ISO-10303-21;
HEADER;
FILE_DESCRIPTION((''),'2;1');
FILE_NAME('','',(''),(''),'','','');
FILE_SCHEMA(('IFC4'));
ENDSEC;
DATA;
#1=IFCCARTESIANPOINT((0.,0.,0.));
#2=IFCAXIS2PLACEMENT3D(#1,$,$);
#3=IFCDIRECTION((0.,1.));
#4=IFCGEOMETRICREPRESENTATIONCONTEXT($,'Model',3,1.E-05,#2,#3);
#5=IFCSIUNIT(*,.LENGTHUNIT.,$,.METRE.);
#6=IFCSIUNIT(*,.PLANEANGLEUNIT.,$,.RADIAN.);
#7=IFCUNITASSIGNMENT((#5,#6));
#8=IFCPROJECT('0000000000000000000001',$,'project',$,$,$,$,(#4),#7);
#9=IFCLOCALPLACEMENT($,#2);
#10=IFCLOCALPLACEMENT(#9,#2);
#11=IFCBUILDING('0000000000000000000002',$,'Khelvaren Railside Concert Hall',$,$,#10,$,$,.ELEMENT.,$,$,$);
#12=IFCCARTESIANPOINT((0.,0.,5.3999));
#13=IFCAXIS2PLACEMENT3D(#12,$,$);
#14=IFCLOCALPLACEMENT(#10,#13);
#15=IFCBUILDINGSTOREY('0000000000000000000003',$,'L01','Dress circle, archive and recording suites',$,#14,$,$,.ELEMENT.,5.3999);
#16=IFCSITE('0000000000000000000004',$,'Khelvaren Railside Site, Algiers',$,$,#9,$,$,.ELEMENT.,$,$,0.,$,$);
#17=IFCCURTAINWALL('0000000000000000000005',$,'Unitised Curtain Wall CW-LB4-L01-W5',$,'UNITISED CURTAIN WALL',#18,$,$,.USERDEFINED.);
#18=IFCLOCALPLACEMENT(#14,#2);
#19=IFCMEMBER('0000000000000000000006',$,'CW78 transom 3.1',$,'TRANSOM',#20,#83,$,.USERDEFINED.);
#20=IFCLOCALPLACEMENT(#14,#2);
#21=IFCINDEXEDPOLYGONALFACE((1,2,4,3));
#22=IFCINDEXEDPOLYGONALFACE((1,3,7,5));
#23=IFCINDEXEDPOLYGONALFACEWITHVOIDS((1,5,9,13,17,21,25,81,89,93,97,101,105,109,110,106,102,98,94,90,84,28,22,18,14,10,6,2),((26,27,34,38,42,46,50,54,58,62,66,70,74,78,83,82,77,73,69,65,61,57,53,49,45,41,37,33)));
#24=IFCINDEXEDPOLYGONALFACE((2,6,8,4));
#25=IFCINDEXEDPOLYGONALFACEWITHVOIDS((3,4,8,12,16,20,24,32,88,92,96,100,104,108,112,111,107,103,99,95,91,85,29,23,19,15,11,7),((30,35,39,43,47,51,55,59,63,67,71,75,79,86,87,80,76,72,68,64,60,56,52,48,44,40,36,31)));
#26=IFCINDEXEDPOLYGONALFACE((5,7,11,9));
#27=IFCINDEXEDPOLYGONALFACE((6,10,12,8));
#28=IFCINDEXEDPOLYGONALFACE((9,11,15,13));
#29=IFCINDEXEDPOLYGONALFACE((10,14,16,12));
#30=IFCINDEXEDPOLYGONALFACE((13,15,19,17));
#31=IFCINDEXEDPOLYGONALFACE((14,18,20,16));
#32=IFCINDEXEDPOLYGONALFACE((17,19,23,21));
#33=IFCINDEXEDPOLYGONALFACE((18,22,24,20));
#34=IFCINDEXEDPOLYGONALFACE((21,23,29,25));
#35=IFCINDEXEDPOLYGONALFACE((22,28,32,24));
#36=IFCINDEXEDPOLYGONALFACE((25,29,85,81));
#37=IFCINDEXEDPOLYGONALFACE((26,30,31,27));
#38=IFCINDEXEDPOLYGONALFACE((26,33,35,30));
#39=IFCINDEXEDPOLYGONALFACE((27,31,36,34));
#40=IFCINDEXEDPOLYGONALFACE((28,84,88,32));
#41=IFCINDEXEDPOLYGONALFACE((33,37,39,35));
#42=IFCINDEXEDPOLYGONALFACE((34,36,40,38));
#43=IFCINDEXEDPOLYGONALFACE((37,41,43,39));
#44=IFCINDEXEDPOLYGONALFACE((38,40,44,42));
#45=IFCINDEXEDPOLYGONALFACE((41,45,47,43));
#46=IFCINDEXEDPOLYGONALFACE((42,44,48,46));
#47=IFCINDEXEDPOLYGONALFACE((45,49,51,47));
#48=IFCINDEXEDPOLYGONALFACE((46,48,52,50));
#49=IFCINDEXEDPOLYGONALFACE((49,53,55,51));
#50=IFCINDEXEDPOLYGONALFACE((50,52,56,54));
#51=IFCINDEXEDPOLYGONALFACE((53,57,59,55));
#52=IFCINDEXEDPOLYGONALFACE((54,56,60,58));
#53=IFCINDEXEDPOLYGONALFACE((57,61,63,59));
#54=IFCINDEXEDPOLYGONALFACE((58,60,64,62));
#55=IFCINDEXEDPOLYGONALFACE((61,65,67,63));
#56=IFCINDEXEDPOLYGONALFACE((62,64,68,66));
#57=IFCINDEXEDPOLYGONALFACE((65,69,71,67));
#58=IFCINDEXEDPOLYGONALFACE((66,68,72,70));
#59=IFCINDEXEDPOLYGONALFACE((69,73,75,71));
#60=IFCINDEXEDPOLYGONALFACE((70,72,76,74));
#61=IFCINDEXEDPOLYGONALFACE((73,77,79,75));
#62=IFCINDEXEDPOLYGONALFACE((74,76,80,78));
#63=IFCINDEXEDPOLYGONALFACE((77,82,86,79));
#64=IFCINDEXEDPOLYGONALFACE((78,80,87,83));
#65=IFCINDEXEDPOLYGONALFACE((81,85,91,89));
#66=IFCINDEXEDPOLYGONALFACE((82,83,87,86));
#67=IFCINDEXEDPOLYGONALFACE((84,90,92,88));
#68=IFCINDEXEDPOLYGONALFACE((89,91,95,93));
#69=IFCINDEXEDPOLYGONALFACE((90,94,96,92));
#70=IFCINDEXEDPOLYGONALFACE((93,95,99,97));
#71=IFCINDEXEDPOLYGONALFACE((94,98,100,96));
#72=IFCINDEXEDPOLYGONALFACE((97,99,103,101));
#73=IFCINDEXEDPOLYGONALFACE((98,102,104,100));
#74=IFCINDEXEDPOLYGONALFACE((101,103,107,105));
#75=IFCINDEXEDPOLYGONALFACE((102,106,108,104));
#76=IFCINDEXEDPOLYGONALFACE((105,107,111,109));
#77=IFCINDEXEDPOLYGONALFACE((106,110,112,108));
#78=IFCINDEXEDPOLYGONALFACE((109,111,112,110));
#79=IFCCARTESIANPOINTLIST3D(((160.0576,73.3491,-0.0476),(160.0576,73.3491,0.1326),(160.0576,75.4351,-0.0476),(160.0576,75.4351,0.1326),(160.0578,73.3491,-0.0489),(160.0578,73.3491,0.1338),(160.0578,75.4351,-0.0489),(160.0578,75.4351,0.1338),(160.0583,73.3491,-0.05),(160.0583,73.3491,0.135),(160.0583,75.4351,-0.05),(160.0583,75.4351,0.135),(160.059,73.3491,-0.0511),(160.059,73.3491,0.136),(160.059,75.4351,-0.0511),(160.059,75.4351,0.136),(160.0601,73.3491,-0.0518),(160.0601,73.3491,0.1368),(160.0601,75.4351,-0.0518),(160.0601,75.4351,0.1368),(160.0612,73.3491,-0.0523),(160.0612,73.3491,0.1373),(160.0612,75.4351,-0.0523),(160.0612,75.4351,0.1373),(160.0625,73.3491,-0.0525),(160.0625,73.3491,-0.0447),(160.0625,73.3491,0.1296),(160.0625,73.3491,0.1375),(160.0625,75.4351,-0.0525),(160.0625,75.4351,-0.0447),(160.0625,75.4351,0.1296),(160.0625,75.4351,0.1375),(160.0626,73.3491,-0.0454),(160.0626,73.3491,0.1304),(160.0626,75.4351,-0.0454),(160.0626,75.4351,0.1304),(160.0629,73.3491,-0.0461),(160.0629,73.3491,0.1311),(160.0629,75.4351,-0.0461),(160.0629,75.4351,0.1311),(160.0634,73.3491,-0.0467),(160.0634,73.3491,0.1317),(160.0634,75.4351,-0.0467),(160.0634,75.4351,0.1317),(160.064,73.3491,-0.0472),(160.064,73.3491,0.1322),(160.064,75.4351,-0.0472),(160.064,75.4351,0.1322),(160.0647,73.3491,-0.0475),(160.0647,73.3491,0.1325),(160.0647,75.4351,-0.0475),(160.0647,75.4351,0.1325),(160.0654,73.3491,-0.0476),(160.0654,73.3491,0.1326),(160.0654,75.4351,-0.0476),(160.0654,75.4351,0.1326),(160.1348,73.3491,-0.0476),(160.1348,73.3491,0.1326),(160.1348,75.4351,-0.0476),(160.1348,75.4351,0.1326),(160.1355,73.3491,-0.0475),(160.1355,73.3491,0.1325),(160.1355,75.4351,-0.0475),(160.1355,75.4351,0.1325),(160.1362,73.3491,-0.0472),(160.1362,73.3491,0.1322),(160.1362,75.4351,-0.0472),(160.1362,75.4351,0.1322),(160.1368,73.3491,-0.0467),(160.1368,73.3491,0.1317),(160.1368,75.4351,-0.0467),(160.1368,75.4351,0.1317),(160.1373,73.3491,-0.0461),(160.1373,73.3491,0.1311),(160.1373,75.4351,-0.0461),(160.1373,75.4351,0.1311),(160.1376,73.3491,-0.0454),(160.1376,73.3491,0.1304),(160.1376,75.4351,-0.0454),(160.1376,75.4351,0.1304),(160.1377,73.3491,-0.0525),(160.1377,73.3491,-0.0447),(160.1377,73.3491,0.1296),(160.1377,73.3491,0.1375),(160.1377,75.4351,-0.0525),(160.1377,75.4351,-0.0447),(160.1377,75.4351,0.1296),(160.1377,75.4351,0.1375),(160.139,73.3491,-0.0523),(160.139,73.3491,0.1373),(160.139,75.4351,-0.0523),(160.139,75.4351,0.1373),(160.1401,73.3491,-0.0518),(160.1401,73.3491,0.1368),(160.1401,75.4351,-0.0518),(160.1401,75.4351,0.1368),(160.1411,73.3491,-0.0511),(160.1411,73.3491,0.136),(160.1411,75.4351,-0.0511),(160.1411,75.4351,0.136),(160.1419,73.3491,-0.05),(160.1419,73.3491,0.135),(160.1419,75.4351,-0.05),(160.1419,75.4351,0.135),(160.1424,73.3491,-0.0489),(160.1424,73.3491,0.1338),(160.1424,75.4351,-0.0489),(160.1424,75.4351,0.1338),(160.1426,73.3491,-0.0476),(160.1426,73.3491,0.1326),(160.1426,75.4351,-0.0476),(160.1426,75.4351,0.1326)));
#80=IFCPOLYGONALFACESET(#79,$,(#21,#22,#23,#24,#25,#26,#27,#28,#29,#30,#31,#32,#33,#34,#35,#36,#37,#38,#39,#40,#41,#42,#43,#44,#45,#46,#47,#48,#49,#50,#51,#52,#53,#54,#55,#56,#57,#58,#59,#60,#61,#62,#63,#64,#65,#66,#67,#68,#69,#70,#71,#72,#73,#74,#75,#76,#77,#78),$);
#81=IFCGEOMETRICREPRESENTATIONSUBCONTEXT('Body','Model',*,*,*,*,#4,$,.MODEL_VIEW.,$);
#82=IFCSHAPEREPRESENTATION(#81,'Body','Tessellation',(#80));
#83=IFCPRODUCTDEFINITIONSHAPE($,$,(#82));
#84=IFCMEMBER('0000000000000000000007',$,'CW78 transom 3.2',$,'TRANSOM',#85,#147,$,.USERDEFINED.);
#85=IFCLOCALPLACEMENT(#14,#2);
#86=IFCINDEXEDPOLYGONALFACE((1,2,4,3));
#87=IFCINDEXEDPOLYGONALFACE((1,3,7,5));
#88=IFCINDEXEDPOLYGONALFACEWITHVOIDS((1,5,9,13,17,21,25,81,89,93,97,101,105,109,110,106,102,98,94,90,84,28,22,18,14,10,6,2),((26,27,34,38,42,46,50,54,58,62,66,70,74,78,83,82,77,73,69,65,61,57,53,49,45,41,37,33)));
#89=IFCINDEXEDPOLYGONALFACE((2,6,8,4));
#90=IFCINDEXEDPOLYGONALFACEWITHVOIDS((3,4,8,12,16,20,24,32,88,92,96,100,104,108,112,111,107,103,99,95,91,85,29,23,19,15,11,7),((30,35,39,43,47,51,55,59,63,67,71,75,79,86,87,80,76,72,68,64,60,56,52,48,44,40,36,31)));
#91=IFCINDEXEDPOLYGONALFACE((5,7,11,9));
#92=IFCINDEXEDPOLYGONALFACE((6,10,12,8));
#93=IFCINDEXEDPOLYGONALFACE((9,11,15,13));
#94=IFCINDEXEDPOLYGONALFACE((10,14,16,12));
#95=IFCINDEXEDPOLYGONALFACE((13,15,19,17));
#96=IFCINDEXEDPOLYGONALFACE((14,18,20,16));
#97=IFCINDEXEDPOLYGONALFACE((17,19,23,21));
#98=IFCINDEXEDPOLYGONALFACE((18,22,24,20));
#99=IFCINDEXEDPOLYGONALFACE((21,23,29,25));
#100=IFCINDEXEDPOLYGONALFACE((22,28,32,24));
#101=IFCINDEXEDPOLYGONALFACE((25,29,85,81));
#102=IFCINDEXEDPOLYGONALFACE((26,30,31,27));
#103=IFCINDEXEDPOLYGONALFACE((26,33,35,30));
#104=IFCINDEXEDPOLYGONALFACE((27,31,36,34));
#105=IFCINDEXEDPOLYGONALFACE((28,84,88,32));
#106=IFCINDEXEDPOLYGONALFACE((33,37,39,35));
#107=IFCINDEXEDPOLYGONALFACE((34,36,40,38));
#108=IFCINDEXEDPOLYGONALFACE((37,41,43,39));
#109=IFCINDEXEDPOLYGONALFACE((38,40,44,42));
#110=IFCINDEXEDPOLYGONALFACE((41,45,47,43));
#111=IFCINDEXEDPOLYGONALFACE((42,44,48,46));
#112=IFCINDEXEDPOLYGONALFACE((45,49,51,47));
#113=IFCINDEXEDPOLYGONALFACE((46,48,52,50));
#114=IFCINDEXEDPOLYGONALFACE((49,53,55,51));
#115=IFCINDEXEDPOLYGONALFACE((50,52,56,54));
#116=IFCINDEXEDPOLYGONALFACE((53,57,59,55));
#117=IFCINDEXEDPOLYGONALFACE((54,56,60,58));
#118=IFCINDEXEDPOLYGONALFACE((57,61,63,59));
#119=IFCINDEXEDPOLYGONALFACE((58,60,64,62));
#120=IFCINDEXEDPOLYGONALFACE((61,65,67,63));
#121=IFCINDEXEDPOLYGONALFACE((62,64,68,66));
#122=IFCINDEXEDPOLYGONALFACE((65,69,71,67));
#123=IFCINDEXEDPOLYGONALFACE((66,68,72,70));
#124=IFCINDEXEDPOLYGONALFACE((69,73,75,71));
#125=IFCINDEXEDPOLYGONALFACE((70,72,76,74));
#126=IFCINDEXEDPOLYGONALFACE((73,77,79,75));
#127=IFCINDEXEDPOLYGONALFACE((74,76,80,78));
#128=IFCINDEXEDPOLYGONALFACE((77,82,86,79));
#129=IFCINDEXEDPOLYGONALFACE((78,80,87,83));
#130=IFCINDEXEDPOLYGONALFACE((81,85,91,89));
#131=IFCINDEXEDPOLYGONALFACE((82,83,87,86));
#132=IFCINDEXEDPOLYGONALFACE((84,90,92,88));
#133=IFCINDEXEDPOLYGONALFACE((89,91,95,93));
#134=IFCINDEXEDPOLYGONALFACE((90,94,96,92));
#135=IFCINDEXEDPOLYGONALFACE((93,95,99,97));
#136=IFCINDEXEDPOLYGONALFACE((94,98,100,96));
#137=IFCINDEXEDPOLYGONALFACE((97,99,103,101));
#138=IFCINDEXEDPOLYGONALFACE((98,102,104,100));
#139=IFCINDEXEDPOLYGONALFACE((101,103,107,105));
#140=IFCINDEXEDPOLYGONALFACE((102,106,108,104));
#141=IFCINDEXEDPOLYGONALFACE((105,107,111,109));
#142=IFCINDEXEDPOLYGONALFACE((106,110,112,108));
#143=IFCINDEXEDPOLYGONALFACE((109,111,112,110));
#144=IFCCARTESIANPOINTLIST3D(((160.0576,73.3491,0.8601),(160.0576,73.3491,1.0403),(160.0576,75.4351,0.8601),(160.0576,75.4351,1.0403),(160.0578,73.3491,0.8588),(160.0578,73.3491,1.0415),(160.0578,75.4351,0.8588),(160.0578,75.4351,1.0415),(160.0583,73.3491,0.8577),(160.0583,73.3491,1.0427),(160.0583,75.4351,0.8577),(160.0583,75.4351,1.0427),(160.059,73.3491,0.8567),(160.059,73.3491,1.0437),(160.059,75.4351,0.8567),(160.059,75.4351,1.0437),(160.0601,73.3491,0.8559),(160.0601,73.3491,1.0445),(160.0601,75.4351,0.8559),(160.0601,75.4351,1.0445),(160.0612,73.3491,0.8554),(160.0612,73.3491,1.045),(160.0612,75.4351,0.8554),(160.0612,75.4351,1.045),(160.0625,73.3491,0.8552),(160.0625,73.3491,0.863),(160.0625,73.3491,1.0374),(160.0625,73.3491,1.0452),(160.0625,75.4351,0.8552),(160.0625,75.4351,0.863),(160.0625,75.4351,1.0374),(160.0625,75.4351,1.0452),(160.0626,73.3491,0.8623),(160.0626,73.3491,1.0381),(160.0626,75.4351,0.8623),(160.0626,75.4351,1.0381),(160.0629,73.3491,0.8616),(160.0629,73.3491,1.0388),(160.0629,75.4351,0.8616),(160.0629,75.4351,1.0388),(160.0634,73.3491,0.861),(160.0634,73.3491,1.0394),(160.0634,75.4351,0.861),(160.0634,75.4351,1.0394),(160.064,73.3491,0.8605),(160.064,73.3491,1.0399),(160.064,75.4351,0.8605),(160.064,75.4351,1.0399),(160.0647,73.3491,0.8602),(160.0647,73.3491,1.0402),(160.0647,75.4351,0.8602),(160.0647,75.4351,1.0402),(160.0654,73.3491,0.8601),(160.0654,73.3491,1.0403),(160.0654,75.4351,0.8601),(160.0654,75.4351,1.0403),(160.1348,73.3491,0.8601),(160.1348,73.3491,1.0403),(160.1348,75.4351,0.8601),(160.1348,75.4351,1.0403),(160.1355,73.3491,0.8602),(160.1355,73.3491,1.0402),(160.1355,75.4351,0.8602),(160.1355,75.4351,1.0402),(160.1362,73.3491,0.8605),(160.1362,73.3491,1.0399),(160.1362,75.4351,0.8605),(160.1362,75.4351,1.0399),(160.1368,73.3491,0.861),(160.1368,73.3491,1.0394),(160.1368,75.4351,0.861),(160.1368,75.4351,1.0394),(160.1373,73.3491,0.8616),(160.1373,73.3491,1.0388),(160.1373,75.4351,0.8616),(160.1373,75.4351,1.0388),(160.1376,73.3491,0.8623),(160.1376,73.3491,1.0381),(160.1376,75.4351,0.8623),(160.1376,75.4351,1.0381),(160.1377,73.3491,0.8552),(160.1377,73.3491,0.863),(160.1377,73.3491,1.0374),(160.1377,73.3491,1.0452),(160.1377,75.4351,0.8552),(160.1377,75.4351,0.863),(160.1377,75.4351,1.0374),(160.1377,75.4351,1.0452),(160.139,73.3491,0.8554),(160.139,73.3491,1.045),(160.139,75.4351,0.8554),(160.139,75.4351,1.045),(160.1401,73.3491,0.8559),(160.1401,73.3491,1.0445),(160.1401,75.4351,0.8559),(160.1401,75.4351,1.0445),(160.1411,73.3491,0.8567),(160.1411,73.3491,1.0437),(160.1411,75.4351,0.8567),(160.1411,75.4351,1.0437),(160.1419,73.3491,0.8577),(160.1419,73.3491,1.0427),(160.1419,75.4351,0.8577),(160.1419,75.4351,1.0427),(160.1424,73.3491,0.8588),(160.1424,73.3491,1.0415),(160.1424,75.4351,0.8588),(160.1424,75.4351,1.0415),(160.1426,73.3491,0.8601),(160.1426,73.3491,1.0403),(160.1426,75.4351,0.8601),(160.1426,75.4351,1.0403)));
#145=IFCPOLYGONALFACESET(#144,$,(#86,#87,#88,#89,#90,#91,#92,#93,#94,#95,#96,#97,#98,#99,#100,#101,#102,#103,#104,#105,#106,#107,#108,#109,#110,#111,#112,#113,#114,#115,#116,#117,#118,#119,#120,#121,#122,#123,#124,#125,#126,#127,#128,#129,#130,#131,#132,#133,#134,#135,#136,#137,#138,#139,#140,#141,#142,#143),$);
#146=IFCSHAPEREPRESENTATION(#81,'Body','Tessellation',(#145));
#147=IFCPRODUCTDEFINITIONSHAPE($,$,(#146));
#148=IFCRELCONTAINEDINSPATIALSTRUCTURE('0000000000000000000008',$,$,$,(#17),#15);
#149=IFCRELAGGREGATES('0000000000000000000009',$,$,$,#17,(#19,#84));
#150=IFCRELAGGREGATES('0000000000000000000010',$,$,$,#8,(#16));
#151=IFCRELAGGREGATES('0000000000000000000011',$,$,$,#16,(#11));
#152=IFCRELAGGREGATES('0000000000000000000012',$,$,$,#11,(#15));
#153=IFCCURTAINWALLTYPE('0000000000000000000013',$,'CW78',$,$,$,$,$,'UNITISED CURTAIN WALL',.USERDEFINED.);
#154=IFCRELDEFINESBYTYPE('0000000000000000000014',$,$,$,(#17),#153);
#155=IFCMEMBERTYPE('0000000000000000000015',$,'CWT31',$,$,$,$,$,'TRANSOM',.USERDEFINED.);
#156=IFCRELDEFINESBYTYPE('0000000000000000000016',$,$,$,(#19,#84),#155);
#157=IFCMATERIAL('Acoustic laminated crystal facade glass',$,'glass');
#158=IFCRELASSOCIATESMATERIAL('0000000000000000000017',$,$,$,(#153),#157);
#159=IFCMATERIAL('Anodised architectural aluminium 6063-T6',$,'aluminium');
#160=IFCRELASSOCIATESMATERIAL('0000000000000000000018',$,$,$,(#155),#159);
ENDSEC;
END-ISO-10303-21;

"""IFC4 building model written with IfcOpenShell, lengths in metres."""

from ifc_helpers import new_model, si_unit, direction, frame, origin, origin_2d, place, context, subcontext, project, spatial, hollow_rectangle, extrude, material, material_profile, profile_set, type_object, element, aggregate, save


model = new_model("IFC4")

# Units and contexts
model_context = context("Model", 3, precision=1e-05, world=origin(), true_north=direction((0.0, 1.0)))
body_context = subcontext(model_context, "Body", "Model", "MODEL_VIEW")
ifc_project = project(units=[si_unit("LENGTHUNIT", "METRE"), si_unit("PLANEANGLEUNIT", "RADIAN")], contexts=[model_context])

# Site, building, storey
site_placement = place(None, origin())
site = spatial("IfcSite", under=ifc_project, at=site_placement, Name="Khelvaren Railside Site, Algiers", CompositionType="ELEMENT", RefElevation=0.0)
building_placement = place(site_placement, origin())
building = spatial("IfcBuilding", under=site, at=building_placement, Name="Khelvaren Railside Concert Hall", CompositionType="ELEMENT")
storey_placement = place(building_placement, frame((0.0, 0.0, 5.3999)))
storey = spatial("IfcBuildingStorey", under=building, at=storey_placement, Name="L01", Description="Dress circle, archive and recording suites", CompositionType="ELEMENT", Elevation=5.3999)

# Shared definitions
ifc_material_1 = material(Name="Acoustic laminated crystal facade glass", Category="glass")
curtain_wall_type = type_object("IfcCurtainWallType", Name="CW78", ElementType="UNITISED CURTAIN WALL", PredefinedType="USERDEFINED", material=ifc_material_1)
ifc_material_2 = material(Name="Anodised architectural aluminium 6063-T6", Category="aluminium")

# Curtain wall, members
curtain_wall_1_placement = place(storey_placement, origin())
curtain_wall_1 = element("IfcCurtainWall", 1, at=curtain_wall_1_placement, inside=storey, type_object=curtain_wall_type, Name="Unitised Curtain Wall CW-LB4-L01-W5", ObjectType="UNITISED CURTAIN WALL", PredefinedType="USERDEFINED")
ifc_material_profile_1 = material_profile(ifc_material_2, hollow_rectangle(XDim=0.085, YDim=0.1899, WallThickness=0.0049, InnerFilletRadius=0.0029, OuterFilletRadius=0.0049, at=origin_2d()), Name="CWT 85x190x5")
ifc_profile_set_1 = profile_set([ifc_material_profile_1], Name="Anodised architectural aluminium 6063-T6")
member_type_1 = type_object("IfcMemberType", Name="CWT31", ElementType="TRANSOM", PredefinedType="USERDEFINED", material=ifc_profile_set_1)
member_1_placement = place(storey_placement, frame((160.1001, 73.3491, 0.0425), z_axis=(0.0, 1.0, 0.0), x_axis=(-1.0, 0.0, 0.0)))
member_1 = element("IfcMember", 2, at=member_1_placement, type_object=member_type_1, Name="CW78 transom 3.1", ObjectType="TRANSOM", PredefinedType="USERDEFINED", context=body_context, shape_type="SweptSolid", body=[
    extrude(hollow_rectangle(XDim=0.085, YDim=0.1899, WallThickness=0.0049, InnerFilletRadius=0.0029, OuterFilletRadius=0.0049, at=origin_2d()), origin(), (0.0, 0.0, 1.0), 2.0859),
])
member_2_placement = place(storey_placement, frame((160.1001, 73.3491, 0.9502), z_axis=(0.0, 1.0, 0.0), x_axis=(-1.0, 0.0, 0.0)))
member_2 = element("IfcMember", 3, at=member_2_placement, type_object=member_type_1, Name="CW78 transom 3.2", ObjectType="TRANSOM", PredefinedType="USERDEFINED", context=body_context, shape_type="SweptSolid", body=[
    extrude(hollow_rectangle(XDim=0.085, YDim=0.1899, WallThickness=0.0049, InnerFilletRadius=0.0029, OuterFilletRadius=0.0049, at=origin_2d()), origin(), (0.0, 0.0, 1.0), 2.0859),
])

aggregate(curtain_wall_1, [member_1, member_2])

save(model, "model.ifc")
